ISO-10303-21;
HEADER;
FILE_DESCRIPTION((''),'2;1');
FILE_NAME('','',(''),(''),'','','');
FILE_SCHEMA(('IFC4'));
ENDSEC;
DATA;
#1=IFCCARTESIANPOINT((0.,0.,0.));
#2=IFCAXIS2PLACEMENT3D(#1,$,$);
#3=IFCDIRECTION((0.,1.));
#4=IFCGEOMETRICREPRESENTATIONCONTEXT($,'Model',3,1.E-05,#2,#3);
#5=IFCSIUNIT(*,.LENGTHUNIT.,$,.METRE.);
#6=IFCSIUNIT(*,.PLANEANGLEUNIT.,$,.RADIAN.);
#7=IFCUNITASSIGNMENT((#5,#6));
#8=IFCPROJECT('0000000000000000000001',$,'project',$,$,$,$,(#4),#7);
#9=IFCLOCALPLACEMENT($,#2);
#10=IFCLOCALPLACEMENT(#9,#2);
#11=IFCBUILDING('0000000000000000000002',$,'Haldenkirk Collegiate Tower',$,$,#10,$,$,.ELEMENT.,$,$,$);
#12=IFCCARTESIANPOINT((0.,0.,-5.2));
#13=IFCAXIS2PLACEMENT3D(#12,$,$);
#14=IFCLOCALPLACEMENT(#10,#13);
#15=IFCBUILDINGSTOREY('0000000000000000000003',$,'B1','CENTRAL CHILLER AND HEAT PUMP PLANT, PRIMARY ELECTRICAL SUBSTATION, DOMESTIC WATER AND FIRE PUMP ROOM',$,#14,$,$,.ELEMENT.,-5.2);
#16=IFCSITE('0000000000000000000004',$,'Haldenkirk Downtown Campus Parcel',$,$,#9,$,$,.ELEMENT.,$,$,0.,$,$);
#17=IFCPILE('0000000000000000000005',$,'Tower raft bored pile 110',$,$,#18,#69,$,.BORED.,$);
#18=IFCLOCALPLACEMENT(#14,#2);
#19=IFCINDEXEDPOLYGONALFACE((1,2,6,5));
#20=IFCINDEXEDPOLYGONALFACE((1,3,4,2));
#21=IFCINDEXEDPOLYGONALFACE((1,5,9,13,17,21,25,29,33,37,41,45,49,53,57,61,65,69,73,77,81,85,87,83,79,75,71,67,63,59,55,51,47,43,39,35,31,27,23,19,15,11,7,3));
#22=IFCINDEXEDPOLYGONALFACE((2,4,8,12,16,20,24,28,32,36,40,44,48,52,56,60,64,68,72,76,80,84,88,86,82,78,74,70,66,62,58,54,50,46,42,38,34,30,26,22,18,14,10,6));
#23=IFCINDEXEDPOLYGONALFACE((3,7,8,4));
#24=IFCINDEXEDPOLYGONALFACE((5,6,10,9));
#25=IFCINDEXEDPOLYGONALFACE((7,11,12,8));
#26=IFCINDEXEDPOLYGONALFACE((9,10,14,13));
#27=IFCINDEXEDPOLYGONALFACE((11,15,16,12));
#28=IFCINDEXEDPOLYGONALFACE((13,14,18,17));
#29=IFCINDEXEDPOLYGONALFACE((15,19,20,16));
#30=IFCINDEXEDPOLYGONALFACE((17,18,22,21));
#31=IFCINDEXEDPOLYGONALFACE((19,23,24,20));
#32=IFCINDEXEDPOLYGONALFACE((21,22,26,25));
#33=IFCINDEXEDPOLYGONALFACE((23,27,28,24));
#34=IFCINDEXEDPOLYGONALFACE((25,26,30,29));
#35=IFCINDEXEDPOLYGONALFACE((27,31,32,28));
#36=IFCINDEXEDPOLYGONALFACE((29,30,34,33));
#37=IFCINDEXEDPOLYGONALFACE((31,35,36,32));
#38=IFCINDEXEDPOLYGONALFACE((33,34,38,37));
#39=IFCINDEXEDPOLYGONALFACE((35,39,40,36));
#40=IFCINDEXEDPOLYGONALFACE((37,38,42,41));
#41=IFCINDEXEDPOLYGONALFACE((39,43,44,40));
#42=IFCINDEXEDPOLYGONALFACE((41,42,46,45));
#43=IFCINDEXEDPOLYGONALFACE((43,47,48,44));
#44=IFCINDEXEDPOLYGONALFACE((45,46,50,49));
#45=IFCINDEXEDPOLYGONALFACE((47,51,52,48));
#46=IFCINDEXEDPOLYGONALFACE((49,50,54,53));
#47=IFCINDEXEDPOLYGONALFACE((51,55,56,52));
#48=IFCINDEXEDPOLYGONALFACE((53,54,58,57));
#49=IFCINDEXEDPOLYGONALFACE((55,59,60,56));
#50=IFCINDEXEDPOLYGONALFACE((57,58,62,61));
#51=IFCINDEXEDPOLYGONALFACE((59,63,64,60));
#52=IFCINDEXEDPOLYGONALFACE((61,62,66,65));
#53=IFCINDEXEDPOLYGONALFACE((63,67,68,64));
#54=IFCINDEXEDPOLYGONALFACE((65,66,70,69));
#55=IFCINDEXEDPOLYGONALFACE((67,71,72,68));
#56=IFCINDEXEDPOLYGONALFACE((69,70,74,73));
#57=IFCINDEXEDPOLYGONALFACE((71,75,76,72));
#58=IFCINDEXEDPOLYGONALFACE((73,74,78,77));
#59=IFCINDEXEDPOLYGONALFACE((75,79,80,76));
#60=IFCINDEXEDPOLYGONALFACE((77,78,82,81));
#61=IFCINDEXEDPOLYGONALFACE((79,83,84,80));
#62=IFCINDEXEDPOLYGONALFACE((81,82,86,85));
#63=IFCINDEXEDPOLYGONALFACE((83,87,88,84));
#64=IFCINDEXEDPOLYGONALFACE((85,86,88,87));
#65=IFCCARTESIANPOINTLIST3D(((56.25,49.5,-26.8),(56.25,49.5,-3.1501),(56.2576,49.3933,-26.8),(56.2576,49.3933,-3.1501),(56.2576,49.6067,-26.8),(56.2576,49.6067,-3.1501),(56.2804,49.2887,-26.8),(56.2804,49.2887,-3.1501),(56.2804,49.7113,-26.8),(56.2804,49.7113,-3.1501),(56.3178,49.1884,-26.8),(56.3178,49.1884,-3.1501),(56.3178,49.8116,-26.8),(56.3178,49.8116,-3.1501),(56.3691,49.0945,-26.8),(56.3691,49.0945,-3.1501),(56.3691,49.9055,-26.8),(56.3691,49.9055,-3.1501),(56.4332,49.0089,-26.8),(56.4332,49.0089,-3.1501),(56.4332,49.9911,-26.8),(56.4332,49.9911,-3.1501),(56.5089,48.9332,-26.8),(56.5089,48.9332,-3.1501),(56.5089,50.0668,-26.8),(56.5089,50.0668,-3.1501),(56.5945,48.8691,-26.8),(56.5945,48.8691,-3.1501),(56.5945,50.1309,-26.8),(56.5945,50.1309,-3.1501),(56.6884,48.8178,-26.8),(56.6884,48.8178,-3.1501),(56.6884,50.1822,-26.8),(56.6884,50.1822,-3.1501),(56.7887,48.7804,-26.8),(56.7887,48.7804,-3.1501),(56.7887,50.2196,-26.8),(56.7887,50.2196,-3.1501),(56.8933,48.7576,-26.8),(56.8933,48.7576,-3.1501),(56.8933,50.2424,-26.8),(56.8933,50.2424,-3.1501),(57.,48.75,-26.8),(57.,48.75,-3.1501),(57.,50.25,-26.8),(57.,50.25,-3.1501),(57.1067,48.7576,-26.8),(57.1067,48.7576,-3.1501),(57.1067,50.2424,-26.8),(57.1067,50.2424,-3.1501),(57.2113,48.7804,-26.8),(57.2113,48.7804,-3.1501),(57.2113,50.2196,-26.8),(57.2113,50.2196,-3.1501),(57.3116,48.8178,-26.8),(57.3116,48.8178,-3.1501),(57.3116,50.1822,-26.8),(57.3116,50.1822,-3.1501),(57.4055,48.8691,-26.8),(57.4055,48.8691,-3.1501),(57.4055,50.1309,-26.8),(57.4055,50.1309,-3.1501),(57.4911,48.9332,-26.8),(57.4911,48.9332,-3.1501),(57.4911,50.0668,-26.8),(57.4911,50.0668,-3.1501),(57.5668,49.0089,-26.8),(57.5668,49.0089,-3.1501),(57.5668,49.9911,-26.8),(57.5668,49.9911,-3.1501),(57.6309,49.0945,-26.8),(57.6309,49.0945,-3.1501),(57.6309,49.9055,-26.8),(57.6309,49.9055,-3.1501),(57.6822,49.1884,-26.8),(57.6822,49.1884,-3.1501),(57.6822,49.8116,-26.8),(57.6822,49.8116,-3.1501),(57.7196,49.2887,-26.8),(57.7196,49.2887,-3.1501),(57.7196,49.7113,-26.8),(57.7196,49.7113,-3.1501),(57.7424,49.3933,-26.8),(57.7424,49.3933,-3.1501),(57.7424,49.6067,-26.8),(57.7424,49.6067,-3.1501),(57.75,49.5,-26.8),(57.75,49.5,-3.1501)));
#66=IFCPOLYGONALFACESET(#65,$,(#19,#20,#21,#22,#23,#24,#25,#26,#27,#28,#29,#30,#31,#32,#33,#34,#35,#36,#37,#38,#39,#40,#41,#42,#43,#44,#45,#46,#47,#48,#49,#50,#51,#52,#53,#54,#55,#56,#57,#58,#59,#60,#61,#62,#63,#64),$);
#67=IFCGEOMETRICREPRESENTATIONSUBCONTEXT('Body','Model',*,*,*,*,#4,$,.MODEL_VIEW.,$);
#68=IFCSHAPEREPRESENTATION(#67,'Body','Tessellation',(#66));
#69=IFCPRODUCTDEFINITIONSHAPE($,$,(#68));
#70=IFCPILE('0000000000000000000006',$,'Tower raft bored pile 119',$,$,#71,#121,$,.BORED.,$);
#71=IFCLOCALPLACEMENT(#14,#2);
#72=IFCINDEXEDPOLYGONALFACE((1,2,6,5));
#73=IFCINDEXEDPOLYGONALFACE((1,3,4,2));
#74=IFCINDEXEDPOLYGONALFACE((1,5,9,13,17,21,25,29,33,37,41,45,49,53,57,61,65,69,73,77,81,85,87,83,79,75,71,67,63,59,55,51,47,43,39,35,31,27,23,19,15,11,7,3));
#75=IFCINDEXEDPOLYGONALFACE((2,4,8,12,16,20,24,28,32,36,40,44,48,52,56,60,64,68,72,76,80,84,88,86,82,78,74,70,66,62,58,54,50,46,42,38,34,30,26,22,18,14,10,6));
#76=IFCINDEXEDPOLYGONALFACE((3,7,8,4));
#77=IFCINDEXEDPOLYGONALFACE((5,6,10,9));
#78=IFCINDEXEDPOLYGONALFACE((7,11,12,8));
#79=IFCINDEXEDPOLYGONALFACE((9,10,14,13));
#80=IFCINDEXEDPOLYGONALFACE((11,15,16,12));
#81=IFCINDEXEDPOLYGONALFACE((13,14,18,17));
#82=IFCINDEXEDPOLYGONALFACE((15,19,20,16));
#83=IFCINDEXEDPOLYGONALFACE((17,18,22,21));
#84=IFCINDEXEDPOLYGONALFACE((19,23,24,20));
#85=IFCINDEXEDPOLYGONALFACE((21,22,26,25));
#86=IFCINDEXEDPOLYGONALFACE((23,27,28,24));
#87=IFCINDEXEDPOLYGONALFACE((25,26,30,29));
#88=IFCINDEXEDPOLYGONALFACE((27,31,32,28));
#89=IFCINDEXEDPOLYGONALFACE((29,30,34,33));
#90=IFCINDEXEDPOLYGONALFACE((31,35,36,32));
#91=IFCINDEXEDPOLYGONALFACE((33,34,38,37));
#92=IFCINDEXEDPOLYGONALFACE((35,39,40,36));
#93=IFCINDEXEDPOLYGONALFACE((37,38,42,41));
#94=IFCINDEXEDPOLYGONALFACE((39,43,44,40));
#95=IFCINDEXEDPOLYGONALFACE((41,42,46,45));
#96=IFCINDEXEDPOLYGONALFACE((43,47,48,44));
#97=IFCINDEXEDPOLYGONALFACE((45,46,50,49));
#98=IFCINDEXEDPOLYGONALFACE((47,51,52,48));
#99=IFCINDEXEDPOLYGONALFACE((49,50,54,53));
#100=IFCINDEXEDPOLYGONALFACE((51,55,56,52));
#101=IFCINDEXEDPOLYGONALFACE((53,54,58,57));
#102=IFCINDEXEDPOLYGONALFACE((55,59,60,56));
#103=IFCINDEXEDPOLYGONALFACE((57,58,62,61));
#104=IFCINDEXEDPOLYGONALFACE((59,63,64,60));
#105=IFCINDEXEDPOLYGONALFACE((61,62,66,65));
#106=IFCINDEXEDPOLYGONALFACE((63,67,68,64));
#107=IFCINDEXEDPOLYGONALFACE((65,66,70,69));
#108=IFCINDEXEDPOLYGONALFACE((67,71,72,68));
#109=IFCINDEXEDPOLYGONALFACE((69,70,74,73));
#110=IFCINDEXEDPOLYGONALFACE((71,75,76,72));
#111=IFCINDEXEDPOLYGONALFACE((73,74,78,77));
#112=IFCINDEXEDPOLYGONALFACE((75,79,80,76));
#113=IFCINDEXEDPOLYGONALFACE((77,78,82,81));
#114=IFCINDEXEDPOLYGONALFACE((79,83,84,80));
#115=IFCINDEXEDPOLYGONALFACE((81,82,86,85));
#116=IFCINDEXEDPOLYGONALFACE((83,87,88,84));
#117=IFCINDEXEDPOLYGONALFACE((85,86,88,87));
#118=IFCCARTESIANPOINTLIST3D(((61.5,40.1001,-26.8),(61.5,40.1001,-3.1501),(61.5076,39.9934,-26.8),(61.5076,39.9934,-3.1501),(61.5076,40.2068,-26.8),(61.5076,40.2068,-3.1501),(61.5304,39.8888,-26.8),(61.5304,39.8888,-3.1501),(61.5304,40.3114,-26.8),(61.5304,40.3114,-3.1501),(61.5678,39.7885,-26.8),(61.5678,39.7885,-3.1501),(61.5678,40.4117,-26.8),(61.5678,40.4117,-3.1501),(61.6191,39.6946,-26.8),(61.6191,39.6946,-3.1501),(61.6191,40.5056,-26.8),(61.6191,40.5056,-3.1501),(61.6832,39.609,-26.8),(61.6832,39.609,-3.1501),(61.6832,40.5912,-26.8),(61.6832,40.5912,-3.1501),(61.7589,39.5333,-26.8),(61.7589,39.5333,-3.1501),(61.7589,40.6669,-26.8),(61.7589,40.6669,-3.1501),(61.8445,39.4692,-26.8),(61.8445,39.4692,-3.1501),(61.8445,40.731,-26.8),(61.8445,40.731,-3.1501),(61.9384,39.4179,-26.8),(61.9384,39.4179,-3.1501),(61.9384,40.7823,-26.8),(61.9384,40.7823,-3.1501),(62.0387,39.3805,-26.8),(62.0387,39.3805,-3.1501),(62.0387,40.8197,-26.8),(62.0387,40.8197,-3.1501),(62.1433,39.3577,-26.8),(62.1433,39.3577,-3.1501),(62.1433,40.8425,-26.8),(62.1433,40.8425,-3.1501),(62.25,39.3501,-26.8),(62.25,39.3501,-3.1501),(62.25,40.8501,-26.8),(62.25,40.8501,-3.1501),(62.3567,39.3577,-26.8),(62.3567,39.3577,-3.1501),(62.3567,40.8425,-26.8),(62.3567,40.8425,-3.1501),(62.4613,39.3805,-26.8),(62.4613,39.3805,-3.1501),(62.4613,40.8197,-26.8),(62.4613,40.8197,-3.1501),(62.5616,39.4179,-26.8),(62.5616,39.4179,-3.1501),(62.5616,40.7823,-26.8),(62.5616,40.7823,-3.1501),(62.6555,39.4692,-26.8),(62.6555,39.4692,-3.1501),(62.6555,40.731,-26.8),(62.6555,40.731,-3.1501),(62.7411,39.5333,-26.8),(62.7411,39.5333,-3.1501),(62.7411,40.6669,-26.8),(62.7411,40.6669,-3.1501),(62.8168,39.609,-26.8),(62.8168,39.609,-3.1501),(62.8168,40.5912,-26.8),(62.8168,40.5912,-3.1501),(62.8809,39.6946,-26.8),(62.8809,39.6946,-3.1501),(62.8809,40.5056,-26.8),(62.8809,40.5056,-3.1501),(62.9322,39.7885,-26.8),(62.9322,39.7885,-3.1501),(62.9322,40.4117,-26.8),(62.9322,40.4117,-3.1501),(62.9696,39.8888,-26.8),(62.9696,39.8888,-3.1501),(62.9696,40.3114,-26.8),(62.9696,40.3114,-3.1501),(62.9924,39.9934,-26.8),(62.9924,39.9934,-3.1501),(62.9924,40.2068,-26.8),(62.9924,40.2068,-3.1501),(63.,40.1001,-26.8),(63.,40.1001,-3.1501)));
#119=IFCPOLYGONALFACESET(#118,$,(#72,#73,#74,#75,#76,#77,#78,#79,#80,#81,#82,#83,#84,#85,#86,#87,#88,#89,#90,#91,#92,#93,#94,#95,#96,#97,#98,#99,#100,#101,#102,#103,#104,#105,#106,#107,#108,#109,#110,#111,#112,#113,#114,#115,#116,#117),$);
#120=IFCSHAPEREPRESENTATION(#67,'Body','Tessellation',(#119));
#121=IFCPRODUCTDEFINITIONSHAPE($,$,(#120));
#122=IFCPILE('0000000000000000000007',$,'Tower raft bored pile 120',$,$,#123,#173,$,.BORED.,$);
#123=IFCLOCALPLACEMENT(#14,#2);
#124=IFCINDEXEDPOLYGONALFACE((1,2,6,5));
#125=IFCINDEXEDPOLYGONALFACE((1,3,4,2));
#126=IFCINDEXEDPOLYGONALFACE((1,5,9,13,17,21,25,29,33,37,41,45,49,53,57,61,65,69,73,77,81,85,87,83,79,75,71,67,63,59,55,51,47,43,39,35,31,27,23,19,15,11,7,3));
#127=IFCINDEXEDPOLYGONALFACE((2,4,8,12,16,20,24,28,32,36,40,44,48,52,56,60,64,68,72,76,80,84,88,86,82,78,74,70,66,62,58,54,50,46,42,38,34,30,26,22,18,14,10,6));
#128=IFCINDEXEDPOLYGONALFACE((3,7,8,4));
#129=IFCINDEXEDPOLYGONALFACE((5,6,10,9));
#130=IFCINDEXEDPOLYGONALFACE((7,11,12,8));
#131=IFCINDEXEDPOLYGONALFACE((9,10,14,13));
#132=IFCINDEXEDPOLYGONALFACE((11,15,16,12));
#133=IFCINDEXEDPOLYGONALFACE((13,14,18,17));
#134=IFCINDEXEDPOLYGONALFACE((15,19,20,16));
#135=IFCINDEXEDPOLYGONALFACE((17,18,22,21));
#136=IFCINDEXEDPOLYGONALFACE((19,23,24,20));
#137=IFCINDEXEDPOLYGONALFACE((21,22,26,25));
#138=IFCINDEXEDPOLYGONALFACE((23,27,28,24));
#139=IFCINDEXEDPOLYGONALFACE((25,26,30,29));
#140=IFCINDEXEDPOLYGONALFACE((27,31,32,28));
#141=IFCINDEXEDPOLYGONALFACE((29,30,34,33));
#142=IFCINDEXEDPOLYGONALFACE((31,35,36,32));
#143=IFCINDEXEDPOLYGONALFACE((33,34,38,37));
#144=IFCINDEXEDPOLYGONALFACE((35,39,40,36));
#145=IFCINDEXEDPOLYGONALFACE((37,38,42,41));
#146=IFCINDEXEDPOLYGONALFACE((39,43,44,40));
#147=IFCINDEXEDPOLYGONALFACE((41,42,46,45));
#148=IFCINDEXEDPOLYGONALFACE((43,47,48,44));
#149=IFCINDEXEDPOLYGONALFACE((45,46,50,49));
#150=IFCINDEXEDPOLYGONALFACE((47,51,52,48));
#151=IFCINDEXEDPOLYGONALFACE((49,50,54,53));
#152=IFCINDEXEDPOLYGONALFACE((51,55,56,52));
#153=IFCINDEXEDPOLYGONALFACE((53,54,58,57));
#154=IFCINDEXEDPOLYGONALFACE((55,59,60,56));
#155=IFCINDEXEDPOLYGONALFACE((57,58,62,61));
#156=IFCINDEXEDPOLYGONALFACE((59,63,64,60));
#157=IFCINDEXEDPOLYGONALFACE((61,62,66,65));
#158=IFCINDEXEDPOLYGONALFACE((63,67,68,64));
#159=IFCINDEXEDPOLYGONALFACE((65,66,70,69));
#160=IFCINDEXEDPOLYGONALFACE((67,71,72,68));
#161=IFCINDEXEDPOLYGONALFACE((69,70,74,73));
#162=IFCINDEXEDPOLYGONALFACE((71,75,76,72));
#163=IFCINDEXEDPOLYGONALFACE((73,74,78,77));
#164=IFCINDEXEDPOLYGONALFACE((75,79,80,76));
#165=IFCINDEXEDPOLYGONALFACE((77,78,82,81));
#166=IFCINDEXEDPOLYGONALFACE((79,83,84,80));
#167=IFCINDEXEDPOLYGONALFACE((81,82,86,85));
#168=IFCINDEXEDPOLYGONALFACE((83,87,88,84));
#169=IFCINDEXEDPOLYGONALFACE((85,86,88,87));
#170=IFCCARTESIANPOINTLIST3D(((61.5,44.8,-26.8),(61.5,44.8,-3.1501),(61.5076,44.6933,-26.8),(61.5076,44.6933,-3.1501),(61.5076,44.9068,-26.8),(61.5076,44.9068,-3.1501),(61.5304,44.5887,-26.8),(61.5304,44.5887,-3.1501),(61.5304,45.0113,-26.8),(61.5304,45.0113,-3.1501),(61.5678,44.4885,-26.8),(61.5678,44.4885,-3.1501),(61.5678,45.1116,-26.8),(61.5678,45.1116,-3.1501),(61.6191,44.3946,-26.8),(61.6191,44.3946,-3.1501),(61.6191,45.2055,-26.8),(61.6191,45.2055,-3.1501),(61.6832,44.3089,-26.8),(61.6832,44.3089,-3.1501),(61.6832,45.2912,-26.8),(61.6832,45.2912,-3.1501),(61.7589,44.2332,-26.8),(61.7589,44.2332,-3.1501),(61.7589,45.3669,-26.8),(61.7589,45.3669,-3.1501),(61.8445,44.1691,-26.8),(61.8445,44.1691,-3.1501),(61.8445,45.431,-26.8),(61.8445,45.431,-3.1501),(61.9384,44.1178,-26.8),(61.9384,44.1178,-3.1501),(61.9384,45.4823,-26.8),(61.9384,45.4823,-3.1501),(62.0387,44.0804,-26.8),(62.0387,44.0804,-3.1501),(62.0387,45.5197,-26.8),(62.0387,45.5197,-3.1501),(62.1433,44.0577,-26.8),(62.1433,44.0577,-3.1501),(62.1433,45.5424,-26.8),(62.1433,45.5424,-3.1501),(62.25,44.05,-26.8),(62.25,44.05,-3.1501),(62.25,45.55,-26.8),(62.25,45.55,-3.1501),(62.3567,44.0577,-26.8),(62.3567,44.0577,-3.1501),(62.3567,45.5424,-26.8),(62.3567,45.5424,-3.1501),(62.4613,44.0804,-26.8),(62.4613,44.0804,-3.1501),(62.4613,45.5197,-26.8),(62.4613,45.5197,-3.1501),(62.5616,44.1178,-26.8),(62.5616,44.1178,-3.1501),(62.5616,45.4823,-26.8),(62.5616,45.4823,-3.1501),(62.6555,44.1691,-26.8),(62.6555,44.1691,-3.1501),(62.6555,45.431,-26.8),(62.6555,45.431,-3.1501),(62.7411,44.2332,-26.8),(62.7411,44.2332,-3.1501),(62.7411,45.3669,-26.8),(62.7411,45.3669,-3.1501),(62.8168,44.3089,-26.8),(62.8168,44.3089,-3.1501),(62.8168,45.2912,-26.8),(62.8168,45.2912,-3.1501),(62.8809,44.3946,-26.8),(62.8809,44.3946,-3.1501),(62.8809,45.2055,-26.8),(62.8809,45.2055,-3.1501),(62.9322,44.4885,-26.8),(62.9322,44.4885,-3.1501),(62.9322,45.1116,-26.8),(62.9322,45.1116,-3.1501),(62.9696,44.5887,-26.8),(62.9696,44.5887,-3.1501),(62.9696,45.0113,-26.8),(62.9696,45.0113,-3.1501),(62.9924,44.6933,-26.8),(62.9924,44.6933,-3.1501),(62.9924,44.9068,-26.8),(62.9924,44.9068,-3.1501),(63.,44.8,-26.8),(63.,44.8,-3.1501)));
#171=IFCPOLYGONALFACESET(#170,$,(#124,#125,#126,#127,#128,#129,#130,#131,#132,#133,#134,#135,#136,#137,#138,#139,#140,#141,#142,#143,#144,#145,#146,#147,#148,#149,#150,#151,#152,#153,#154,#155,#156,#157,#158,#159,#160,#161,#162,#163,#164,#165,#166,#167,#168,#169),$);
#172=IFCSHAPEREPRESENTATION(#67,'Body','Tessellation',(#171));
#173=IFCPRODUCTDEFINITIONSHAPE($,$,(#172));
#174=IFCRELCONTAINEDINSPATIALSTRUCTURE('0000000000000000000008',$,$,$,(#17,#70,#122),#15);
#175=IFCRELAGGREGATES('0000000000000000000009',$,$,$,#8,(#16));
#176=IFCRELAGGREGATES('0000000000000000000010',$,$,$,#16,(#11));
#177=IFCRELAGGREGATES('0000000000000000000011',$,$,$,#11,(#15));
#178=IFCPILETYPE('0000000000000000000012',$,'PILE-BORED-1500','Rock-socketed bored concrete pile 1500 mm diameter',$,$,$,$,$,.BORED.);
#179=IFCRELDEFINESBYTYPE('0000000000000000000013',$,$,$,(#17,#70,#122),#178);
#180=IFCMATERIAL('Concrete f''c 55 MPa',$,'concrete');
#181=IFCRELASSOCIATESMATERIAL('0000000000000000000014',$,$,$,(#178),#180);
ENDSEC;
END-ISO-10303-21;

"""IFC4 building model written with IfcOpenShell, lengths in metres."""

from ifc_helpers import new_model, si_unit, direction, frame, origin, origin_2d, place, context, subcontext, project, spatial, circle, extrude, material, material_profile, profile_set, type_object, element, save


model = new_model("IFC4")

# Units and contexts
model_context = context("Model", 3, precision=1e-05, world=origin(), true_north=direction((0.0, 1.0)))
body_context = subcontext(model_context, "Body", "Model", "MODEL_VIEW")
ifc_project = project(units=[si_unit("LENGTHUNIT", "METRE"), si_unit("PLANEANGLEUNIT", "RADIAN")], contexts=[model_context])

# Site, building, storey
site_placement = place(None, origin())
site = spatial("IfcSite", under=ifc_project, at=site_placement, Name="Haldenkirk Downtown Campus Parcel", CompositionType="ELEMENT", RefElevation=0.0)
building_placement = place(site_placement, origin())
building = spatial("IfcBuilding", under=site, at=building_placement, Name="Haldenkirk Collegiate Tower", CompositionType="ELEMENT")
storey_placement = place(building_placement, frame((0.0, 0.0, -5.2)))
storey = spatial("IfcBuildingStorey", under=building, at=storey_placement, Name="B1", Description="CENTRAL CHILLER AND HEAT PUMP PLANT, PRIMARY ELECTRICAL SUBSTATION, DOMESTIC WATER AND FIRE PUMP ROOM", CompositionType="ELEMENT", Elevation=-5.2)

# Shared definitions
ifc_material_1 = material(Name="Concrete f'c 55 MPa", Category="concrete")

# Piles
ifc_material_profile_1 = material_profile(ifc_material_1, circle(Radius=0.75, at=origin_2d()), Name="PILE1500")
ifc_profile_set_1 = profile_set([ifc_material_profile_1], Name="Concrete f'c 55 MPa")
pile_type_1 = type_object("IfcPileType", Name="PILE-BORED-1500", Description="Rock-socketed bored concrete pile 1500 mm diameter", PredefinedType="BORED", material=ifc_profile_set_1)
for number, where, z_axis, x_axis, name in (
    (1, (57.0, 49.5, -3.1501), (0.0, 0.0, -1.0), (1.0, 0.0, 0.0), "Tower raft bored pile 110"),
    (2, (62.25, 40.1001, -3.1501), (0.0, 0.0, -1.0), (1.0, 0.0, 0.0), "Tower raft bored pile 119"),
    (3, (62.25, 44.8, -3.1501), (0.0, 0.0, -1.0), (1.0, 0.0, 0.0), "Tower raft bored pile 120"),
):
    element("IfcPile", number, at=place(storey_placement, frame(where, z_axis=z_axis, x_axis=x_axis)), inside=storey, type_object=pile_type_1, Name=name, PredefinedType="BORED", context=body_context, shape_type="SweptSolid", body=[
        extrude(circle(Radius=0.75, at=origin_2d()), origin(), (0.0, 0.0, 1.0), 23.6499),
    ])

save(model, "model.ifc")
